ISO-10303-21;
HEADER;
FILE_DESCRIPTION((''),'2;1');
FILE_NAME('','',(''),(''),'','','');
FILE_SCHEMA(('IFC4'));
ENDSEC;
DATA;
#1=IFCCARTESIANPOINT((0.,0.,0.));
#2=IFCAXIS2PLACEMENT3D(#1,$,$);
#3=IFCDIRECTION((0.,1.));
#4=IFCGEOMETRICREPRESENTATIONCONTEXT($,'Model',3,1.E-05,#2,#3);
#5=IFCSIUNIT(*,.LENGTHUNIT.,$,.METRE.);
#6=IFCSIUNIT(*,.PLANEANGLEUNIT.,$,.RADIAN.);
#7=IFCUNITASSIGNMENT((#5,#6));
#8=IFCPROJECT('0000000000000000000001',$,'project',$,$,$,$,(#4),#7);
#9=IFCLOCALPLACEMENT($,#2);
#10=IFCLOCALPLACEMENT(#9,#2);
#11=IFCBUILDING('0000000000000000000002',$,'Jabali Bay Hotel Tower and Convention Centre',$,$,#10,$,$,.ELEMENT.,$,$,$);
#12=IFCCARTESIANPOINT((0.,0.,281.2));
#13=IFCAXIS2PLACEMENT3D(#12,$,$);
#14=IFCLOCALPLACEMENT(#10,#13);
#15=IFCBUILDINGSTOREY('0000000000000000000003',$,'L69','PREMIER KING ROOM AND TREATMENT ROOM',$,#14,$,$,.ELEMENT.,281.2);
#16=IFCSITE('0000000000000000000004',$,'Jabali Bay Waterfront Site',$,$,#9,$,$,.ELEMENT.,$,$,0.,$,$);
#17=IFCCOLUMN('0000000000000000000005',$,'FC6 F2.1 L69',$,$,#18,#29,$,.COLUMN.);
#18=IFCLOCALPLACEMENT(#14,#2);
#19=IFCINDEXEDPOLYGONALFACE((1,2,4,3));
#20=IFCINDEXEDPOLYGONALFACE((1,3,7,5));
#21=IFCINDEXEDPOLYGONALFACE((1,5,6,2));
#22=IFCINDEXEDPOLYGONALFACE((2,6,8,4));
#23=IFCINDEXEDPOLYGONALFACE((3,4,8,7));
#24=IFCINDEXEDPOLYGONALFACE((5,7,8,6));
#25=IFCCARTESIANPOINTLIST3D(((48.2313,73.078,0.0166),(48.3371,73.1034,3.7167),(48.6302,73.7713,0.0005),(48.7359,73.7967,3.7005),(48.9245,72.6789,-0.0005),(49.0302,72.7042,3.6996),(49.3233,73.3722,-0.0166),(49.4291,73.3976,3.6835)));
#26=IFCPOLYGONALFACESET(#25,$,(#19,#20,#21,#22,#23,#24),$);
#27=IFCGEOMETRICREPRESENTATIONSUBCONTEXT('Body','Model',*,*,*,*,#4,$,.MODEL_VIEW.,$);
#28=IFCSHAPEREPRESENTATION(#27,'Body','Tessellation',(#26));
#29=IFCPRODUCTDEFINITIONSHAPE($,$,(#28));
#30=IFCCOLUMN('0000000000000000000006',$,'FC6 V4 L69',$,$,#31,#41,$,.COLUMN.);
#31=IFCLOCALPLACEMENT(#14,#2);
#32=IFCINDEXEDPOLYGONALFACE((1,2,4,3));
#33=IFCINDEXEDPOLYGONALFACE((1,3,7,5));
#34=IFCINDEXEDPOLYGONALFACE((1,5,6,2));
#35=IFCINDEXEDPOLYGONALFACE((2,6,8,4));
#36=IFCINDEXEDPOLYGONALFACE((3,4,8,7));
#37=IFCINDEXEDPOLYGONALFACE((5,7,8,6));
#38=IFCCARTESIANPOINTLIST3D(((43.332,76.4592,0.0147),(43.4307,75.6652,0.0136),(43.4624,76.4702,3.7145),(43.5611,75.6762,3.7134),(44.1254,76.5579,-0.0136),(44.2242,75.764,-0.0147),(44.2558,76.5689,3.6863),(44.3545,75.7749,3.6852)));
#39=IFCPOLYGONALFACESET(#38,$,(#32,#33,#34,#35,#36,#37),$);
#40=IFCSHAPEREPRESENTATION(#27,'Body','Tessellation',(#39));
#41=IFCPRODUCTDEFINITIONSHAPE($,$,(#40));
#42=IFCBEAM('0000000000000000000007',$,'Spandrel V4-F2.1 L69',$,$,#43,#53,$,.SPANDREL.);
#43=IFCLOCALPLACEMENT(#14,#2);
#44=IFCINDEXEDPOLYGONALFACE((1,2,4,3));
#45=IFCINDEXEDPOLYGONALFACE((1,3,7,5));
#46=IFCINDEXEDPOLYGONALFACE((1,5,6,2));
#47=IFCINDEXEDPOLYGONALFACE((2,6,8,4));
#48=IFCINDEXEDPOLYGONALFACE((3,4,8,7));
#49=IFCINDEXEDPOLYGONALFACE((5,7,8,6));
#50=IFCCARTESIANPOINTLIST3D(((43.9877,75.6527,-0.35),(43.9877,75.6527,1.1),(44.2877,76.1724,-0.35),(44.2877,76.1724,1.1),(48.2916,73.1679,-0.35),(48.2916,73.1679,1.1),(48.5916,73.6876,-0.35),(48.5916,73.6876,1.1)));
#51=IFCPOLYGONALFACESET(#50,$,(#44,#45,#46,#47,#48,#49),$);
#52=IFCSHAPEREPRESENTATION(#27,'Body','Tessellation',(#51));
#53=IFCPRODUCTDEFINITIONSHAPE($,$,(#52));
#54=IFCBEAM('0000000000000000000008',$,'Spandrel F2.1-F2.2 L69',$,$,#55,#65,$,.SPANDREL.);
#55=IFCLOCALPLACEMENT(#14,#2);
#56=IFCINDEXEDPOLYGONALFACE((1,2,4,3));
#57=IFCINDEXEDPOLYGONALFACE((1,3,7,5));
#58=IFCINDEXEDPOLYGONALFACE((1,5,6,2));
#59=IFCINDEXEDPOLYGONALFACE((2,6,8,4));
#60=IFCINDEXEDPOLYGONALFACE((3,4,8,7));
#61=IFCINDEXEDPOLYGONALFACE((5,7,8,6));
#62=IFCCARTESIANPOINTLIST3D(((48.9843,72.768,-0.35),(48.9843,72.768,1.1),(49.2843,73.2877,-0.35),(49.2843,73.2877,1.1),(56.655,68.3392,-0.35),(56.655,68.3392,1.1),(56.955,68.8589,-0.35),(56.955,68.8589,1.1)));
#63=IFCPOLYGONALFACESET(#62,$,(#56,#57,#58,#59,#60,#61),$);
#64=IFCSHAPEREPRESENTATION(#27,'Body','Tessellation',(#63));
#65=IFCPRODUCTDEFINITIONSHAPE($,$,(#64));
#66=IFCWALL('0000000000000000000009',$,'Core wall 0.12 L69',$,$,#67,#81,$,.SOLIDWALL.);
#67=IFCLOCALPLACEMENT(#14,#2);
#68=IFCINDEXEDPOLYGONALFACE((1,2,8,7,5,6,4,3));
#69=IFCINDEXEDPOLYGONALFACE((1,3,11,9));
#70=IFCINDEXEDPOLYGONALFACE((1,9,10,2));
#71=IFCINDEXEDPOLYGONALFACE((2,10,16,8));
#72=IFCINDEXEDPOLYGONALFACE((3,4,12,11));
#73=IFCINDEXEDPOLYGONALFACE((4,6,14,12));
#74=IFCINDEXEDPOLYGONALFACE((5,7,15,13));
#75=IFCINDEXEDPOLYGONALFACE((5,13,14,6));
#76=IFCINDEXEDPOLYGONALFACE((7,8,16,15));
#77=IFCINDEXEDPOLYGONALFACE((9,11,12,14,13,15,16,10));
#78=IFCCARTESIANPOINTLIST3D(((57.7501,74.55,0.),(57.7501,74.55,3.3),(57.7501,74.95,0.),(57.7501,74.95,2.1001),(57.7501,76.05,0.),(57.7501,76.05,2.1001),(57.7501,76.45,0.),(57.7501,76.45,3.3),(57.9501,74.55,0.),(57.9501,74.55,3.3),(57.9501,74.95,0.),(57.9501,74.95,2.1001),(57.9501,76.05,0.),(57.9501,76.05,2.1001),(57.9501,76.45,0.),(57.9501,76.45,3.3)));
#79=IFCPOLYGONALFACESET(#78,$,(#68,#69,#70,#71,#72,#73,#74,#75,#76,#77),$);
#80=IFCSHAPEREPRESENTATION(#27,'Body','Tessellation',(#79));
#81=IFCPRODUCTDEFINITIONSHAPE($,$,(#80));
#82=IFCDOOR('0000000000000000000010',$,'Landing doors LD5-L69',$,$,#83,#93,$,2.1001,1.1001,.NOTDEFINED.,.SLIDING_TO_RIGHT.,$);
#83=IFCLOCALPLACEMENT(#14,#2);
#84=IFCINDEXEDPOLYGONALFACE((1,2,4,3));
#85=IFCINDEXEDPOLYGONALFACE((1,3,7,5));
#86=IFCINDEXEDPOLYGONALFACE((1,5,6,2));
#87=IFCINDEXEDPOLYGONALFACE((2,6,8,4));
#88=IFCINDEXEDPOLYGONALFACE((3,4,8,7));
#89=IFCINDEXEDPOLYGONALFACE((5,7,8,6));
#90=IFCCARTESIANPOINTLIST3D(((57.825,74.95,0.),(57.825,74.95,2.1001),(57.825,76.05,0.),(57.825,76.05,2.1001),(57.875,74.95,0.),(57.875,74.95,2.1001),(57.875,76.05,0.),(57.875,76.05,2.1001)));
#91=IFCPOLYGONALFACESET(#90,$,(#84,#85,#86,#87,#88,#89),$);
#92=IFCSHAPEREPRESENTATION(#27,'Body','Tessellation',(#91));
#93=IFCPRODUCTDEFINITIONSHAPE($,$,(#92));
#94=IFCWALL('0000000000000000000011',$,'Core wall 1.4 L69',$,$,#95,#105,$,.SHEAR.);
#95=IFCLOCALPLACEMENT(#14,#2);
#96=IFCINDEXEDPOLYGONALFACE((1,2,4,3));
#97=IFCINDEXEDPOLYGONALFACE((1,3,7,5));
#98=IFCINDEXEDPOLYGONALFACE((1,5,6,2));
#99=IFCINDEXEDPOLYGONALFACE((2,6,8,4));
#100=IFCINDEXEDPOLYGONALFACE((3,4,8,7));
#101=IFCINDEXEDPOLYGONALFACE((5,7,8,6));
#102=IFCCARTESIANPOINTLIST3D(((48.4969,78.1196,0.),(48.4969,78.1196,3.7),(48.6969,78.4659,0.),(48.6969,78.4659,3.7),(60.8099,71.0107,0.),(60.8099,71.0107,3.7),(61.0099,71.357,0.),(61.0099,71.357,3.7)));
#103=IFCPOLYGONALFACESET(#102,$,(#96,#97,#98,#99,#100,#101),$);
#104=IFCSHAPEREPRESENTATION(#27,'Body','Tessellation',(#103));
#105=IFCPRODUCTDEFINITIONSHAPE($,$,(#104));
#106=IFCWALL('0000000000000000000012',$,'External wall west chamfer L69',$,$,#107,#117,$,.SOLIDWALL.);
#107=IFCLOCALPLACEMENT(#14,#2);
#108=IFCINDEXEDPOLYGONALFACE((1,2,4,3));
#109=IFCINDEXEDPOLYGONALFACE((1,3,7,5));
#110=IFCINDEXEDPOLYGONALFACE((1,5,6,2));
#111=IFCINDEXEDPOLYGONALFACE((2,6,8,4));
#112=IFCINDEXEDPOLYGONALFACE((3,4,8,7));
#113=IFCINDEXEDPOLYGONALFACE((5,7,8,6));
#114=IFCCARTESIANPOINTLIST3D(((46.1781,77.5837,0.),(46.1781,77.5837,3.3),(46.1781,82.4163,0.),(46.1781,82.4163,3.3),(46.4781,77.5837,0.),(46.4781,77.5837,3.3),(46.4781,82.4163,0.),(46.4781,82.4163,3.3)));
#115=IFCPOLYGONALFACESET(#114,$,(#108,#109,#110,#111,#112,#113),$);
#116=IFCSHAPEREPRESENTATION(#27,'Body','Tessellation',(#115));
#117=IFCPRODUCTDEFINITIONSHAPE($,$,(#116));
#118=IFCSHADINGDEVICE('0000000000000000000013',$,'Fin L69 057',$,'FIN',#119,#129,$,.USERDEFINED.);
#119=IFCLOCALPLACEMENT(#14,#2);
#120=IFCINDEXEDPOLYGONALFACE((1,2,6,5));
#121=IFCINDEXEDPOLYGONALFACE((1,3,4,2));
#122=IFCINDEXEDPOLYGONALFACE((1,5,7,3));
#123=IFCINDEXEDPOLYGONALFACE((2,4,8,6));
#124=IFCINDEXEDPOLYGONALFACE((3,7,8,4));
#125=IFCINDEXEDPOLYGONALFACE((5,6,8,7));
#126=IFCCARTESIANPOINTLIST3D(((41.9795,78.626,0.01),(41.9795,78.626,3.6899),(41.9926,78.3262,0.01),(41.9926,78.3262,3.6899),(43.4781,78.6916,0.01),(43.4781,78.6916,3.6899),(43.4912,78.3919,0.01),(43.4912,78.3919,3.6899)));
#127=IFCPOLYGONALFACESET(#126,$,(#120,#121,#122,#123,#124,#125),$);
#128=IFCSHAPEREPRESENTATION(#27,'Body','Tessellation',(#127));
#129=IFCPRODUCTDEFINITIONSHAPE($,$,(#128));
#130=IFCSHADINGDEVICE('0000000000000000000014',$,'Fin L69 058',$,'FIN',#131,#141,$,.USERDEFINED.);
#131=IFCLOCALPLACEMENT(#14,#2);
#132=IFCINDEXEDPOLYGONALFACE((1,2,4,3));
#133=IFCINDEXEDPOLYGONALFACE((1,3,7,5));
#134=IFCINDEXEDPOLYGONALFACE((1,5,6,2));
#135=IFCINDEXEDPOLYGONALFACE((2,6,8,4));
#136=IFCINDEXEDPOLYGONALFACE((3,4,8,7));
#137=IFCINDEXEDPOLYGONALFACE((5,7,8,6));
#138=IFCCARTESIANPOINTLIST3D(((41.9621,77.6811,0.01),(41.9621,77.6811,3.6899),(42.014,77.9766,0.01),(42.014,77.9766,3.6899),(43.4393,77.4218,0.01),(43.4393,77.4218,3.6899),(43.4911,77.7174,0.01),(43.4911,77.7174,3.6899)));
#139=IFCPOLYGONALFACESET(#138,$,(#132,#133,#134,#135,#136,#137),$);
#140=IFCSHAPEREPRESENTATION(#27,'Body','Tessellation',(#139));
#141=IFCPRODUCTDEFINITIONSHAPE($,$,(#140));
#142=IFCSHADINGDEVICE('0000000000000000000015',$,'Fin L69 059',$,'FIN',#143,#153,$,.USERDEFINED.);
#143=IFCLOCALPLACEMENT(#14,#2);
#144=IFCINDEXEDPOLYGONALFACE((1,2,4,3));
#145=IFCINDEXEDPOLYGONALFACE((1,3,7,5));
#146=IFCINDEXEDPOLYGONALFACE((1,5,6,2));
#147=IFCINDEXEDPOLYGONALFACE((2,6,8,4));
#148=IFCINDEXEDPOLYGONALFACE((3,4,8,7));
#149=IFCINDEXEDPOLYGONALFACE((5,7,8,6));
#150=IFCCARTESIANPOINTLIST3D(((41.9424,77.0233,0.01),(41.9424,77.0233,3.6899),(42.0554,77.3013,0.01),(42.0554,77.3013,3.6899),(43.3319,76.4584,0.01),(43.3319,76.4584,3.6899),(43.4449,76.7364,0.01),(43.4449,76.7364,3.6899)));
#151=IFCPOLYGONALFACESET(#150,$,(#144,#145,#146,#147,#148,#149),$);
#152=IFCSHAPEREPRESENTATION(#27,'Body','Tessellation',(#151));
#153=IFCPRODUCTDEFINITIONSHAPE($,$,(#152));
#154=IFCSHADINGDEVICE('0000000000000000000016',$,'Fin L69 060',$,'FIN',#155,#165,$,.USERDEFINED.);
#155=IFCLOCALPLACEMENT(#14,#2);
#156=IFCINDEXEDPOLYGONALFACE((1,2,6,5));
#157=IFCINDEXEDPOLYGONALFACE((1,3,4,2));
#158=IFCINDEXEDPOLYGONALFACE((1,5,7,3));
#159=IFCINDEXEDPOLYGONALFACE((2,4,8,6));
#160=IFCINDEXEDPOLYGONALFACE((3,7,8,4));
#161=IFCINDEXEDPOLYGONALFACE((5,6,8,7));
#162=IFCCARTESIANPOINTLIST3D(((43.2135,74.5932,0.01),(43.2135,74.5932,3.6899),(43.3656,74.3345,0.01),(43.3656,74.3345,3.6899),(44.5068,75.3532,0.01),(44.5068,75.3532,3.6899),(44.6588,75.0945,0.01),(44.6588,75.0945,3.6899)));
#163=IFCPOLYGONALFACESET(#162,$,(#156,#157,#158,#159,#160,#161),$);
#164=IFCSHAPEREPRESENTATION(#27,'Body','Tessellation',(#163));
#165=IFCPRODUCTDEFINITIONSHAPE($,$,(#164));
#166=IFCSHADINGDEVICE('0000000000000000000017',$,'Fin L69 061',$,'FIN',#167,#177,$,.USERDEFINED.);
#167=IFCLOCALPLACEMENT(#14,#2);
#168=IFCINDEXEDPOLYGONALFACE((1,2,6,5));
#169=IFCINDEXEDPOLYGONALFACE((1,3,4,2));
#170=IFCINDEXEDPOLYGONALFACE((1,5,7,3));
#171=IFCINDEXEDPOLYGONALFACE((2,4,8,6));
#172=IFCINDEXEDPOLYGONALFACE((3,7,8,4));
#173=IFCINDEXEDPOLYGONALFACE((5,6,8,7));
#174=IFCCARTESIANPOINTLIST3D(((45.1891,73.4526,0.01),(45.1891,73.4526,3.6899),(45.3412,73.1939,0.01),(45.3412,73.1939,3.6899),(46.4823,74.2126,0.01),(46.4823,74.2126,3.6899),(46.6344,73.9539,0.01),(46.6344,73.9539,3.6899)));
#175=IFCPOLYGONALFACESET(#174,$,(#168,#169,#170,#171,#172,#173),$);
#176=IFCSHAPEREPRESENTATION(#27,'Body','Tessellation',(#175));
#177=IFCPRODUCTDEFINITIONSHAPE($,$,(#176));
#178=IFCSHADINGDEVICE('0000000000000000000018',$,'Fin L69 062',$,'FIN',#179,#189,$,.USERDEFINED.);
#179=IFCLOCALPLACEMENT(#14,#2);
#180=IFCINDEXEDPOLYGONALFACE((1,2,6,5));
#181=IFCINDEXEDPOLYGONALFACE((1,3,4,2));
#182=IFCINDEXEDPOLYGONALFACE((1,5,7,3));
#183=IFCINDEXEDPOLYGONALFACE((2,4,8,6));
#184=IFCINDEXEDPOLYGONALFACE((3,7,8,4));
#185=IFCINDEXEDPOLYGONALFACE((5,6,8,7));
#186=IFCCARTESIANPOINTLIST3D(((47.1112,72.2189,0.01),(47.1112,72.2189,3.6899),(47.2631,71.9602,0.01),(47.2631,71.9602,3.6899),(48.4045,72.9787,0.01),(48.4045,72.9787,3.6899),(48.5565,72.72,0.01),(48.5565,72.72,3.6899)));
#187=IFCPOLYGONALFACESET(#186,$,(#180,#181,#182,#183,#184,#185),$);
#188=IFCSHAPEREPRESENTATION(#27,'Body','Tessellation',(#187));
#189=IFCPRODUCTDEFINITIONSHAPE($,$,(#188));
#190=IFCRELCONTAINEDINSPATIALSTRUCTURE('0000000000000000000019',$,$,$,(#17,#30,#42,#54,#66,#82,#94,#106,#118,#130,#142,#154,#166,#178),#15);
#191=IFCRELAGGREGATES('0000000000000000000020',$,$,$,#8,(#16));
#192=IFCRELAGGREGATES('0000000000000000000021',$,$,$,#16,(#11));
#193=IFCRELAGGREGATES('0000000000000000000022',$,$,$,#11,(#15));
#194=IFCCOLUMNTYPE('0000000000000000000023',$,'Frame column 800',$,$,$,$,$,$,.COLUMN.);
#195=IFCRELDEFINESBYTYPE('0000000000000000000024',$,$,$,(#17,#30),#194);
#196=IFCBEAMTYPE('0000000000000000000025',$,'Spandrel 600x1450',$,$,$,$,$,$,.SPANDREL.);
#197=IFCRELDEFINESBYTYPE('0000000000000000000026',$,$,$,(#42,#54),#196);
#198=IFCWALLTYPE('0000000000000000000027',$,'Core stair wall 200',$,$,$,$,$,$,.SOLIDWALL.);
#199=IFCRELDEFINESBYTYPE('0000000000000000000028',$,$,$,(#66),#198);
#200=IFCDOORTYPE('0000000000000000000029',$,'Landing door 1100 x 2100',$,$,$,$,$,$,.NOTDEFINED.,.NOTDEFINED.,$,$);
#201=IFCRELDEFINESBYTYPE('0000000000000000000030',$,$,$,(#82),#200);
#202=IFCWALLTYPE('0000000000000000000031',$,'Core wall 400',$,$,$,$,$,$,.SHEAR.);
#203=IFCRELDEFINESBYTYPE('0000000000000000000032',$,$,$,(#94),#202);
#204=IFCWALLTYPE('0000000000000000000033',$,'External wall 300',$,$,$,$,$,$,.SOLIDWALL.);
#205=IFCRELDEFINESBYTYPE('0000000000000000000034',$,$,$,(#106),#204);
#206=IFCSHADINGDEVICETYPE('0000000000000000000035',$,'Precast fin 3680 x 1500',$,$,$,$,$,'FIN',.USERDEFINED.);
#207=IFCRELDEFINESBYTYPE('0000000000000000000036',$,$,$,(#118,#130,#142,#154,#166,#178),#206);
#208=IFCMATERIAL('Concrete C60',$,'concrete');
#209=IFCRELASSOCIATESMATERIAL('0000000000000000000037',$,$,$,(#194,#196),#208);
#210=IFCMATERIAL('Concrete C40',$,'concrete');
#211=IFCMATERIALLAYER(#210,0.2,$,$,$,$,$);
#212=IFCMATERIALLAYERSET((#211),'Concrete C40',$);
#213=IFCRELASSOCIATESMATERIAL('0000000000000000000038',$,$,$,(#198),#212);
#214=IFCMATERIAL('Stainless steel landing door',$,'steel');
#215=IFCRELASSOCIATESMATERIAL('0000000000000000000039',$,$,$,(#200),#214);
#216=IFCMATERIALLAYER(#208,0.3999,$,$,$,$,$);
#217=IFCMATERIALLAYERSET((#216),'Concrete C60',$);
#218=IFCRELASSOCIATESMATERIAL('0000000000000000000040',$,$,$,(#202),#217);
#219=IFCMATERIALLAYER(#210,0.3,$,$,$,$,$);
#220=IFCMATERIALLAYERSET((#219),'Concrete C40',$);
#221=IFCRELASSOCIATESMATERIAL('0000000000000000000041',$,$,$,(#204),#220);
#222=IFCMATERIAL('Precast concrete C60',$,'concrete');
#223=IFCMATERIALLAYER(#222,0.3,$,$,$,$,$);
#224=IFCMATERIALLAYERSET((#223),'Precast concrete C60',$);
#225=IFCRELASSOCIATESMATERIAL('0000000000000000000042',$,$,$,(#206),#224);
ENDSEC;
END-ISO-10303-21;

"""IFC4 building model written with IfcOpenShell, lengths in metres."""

from ifc_helpers import new_model, si_unit, direction, frame, frame_2d, origin, origin_2d, place, context, subcontext, project, spatial, rectangle, extrude, material, layer, layer_set, material_profile, profile_set, type_object, element, fill, save


model = new_model("IFC4")

# Units and contexts
model_context = context("Model", 3, precision=1e-05, world=origin(), true_north=direction((0.0, 1.0)))
body_context = subcontext(model_context, "Body", "Model", "MODEL_VIEW")
ifc_project = project(units=[si_unit("LENGTHUNIT", "METRE"), si_unit("PLANEANGLEUNIT", "RADIAN")], contexts=[model_context])

# Site, building, storey
site_placement = place(None, origin())
site = spatial("IfcSite", under=ifc_project, at=site_placement, Name="Jabali Bay Waterfront Site", CompositionType="ELEMENT", RefElevation=0.0)
building_placement = place(site_placement, origin())
building = spatial("IfcBuilding", under=site, at=building_placement, Name="Jabali Bay Hotel Tower and Convention Centre", CompositionType="ELEMENT")
storey_placement = place(building_placement, frame((0.0, 0.0, 281.2)))
storey = spatial("IfcBuildingStorey", under=building, at=storey_placement, Name="L69", Description="PREMIER KING ROOM AND TREATMENT ROOM", CompositionType="ELEMENT", Elevation=281.2)

# Columns
ifc_material_1 = material(Name="Concrete C60", Category="concrete")
ifc_material_profile_1 = material_profile(ifc_material_1, rectangle(XDim=0.8, YDim=0.8, at=origin_2d()), Name="Frame column 800")
ifc_profile_set_1 = profile_set([ifc_material_profile_1], Name="Concrete C60")
column_type = type_object("IfcColumnType", Name="Frame column 800", PredefinedType="COLUMN", material=ifc_profile_set_1)
column_1_placement = place(storey_placement, frame((48.7773, 73.2251, 0.0), z_axis=(0.028559, 0.006859, 0.999569), x_axis=(-0.866416, 0.498867, 0.021331)))
element("IfcColumn", 1, at=column_1_placement, inside=storey, type_object=column_type, Name="FC6 F2.1 L69", PredefinedType="COLUMN", context=body_context, shape_type="SweptSolid", body=[
    extrude(rectangle(XDim=0.8, YDim=0.8, at=origin_2d()), origin(), (0.0, 0.0, 1.0), 3.7017),
])
column_2_placement = place(storey_placement, frame((43.7781, 76.1116, 0.0), z_axis=(0.035214, 0.002967, 0.999375), x_axis=(-0.123412, 0.992355, 0.001402)))
element("IfcColumn", 2, at=column_2_placement, inside=storey, type_object=column_type, Name="FC6 V4 L69", PredefinedType="COLUMN", context=body_context, shape_type="SweptSolid", body=[
    extrude(rectangle(XDim=0.8, YDim=0.8, at=origin_2d()), origin(), (0.0, 0.0, 1.0), 3.7021),
])

# Beams
ifc_material_profile_2 = material_profile(ifc_material_1, rectangle(XDim=0.6001, YDim=1.45, at=origin_2d()), Name="Spandrel 600x1450")
ifc_profile_set_2 = profile_set([ifc_material_profile_2], Name="Concrete C60")
beam_type = type_object("IfcBeamType", Name="Spandrel 600x1450", PredefinedType="SPANDREL", material=ifc_profile_set_2)
beam_1_placement = place(storey_placement, frame((44.1377, 75.9126, 0.375), z_axis=(0.866028, -0.499996, 0.0), x_axis=(0.499996, 0.866028, 0.0)))
element("IfcBeam", 3, at=beam_1_placement, inside=storey, type_object=beam_type, Name="Spandrel V4-F2.1 L69", PredefinedType="SPANDREL", context=body_context, shape_type="SweptSolid", body=[
    extrude(rectangle(XDim=0.6001, YDim=1.45, at=origin_2d()), origin(), (0.0, 0.0, 1.0), 4.9697),
])
beam_2_placement = place(storey_placement, frame((49.1343, 73.0278, 0.375), z_axis=(0.866023, -0.500005, 0.0), x_axis=(0.500005, 0.866023, 0.0)))
element("IfcBeam", 4, at=beam_2_placement, inside=storey, type_object=beam_type, Name="Spandrel F2.1-F2.2 L69", PredefinedType="SPANDREL", context=body_context, shape_type="SweptSolid", body=[
    extrude(rectangle(XDim=0.6001, YDim=1.45, at=origin_2d()), origin(), (0.0, 0.0, 1.0), 8.8574),
])

# Wall, opening, door
ifc_material_2 = material(Name="Concrete C40", Category="concrete")
ifc_layer_1 = layer(ifc_material_2, 0.2)
ifc_layer_set_1 = layer_set([ifc_layer_1], Name="Concrete C40")
wall_type_1 = type_object("IfcWallType", Name="Core stair wall 200", PredefinedType="SOLIDWALL", material=ifc_layer_set_1)
wall_1_placement = place(storey_placement, frame((57.8501, 76.45, 0.0), z_axis=(0.0, 0.0, 1.0), x_axis=(0.0, -1.0, 0.0)))
wall_1 = element("IfcWall", 5, at=wall_1_placement, inside=storey, type_object=wall_type_1, Name="Core wall 0.12 L69", PredefinedType="SOLIDWALL", context=body_context, shape_type="SweptSolid", body=[
    extrude(rectangle(XDim=1.8999, YDim=0.2, at=frame_2d((0.95, 0.0))), origin(), (0.0, 0.0, 1.0), 3.3),
])
opening_placement = place(wall_1_placement, frame((0.3999, 0.0, 0.0)))
opening = element("IfcOpeningElement", 6, at=opening_placement, cuts=wall_1, PredefinedType="OPENING", context=body_context, shape_type="SweptSolid", body=[
    extrude(rectangle(XDim=1.1001, YDim=2.1001, at=frame_2d((0.55, 1.05))), frame((0.0, 0.1104, 0.0), z_axis=(0.0, -1.0, 0.0), x_axis=(1.0, 0.0, 0.0)), (0.0, 0.0, 1.0), 0.2209),
])
ifc_material_3 = material(Name="Stainless steel landing door", Category="steel")
door_type = type_object("IfcDoorType", Name="Landing door 1100 x 2100", OperationType="NOTDEFINED", PredefinedType="NOTDEFINED", material=ifc_material_3)
door_placement = place(opening_placement, origin())
door = element("IfcDoor", 7, at=door_placement, inside=storey, type_object=door_type, Name="Landing doors LD5-L69", OperationType="SLIDING_TO_RIGHT", OverallHeight=2.1001, OverallWidth=1.1001, PredefinedType="NOTDEFINED", context=body_context, shape_type="SweptSolid", body=[
    extrude(rectangle(XDim=1.1001, YDim=2.1001, at=frame_2d((0.55, 1.05))), frame((0.0, 0.0249, 0.0), z_axis=(0.0, -1.0, 0.0), x_axis=(1.0, 0.0, 0.0)), (0.0, 0.0, 1.0), 0.05),
])
fill(opening, door)

# Walls
ifc_layer_2 = layer(ifc_material_1, 0.3999)
ifc_layer_set_2 = layer_set([ifc_layer_2], Name="Concrete C60")
wall_type_2 = type_object("IfcWallType", Name="Core wall 400", PredefinedType="SHEAR", material=ifc_layer_set_2)
wall_2_placement = place(storey_placement, frame((48.5969, 78.2927, 0.0), z_axis=(0.0, 0.0, 1.0), x_axis=(0.866026, -0.499999, 0.0)))
element("IfcWall", 8, at=wall_2_placement, inside=storey, type_object=wall_type_2, Name="Core wall 1.4 L69", PredefinedType="SHEAR", context=body_context, shape_type="SweptSolid", body=[
    extrude(rectangle(XDim=14.2178, YDim=0.3999, at=frame_2d((7.1089, 0.0))), origin(), (0.0, 0.0, 1.0), 3.7),
])
ifc_layer_3 = layer(ifc_material_2, 0.3)
ifc_layer_set_3 = layer_set([ifc_layer_3], Name="Concrete C40")
wall_type_3 = type_object("IfcWallType", Name="External wall 300", PredefinedType="SOLIDWALL", material=ifc_layer_set_3)
wall_3_placement = place(storey_placement, frame((46.3281, 77.5837, 0.0), z_axis=(0.0, 0.0, 1.0), x_axis=(0.0, 1.0, 0.0)))
element("IfcWall", 9, at=wall_3_placement, inside=storey, type_object=wall_type_3, Name="External wall west chamfer L69", PredefinedType="SOLIDWALL", context=body_context, shape_type="SweptSolid", body=[
    extrude(rectangle(XDim=4.8325, YDim=0.3, at=frame_2d((2.4163, 0.0))), origin(), (0.0, 0.0, 1.0), 3.3),
])

# Shading devices
ifc_material_4 = material(Name="Precast concrete C60", Category="concrete")
ifc_layer_4 = layer(ifc_material_4, 0.3)
ifc_layer_set_4 = layer_set([ifc_layer_4], Name="Precast concrete C60")
shading_device_type = type_object("IfcShadingDeviceType", Name="Precast fin 3680 x 1500", ElementType="FIN", PredefinedType="USERDEFINED", material=ifc_layer_set_4)
shading_device_1_placement = place(storey_placement, frame((43.4846, 78.5417, 0.01), z_axis=(0.0, 0.0, 1.0), x_axis=(-0.999041, -0.043783, 0.0)))
element("IfcShadingDevice", 10, at=shading_device_1_placement, inside=storey, type_object=shading_device_type, Name="Fin L69 057", ObjectType="FIN", PredefinedType="USERDEFINED", context=body_context, shape_type="SweptSolid", body=[
    extrude(rectangle(XDim=1.5, YDim=0.3, at=frame_2d((0.75, 0.0))), origin(), (0.0, 0.0, 1.0), 3.6799),
])
shading_device_2_placement = place(storey_placement, frame((43.4653, 77.5696, 0.01), z_axis=(0.0, 0.0, 1.0), x_axis=(-0.984945, 0.172866, 0.0)))
element("IfcShadingDevice", 11, at=shading_device_2_placement, inside=storey, type_object=shading_device_type, Name="Fin L69 058", ObjectType="FIN", PredefinedType="USERDEFINED", context=body_context, shape_type="SweptSolid", body=[
    extrude(rectangle(XDim=1.4998, YDim=0.3, at=frame_2d((0.75, 0.0))), origin(), (0.0, 0.0, 1.0), 3.6799),
])
for number, where, z_axis, x_axis, name in (
    (12, (43.3884, 76.5974, 0.01), (0.0, 0.0, 1.0), (-0.926374, 0.376604, 0.0), "Fin L69 059"),
    (13, (44.5828, 75.2239, 0.01), (0.0, 0.0, 1.0), (-0.862139, -0.506672, 0.0), "Fin L69 060"),
    (14, (46.5583, 74.0833, 0.01), (0.0, 0.0, 1.0), (-0.862139, -0.506672, 0.0), "Fin L69 061"),
    (15, (48.4805, 72.8494, 0.01), (0.0, 0.0, 1.0), (-0.86221, -0.506551, 0.0), "Fin L69 062"),
):
    element("IfcShadingDevice", number, at=place(storey_placement, frame(where, z_axis=z_axis, x_axis=x_axis)), inside=storey, type_object=shading_device_type, Name=name, ObjectType="FIN", PredefinedType="USERDEFINED", context=body_context, shape_type="SweptSolid", body=[
        extrude(rectangle(XDim=1.5, YDim=0.3, at=frame_2d((0.75, 0.0))), origin(), (0.0, 0.0, 1.0), 3.6799),
    ])

save(model, "model.ifc")
